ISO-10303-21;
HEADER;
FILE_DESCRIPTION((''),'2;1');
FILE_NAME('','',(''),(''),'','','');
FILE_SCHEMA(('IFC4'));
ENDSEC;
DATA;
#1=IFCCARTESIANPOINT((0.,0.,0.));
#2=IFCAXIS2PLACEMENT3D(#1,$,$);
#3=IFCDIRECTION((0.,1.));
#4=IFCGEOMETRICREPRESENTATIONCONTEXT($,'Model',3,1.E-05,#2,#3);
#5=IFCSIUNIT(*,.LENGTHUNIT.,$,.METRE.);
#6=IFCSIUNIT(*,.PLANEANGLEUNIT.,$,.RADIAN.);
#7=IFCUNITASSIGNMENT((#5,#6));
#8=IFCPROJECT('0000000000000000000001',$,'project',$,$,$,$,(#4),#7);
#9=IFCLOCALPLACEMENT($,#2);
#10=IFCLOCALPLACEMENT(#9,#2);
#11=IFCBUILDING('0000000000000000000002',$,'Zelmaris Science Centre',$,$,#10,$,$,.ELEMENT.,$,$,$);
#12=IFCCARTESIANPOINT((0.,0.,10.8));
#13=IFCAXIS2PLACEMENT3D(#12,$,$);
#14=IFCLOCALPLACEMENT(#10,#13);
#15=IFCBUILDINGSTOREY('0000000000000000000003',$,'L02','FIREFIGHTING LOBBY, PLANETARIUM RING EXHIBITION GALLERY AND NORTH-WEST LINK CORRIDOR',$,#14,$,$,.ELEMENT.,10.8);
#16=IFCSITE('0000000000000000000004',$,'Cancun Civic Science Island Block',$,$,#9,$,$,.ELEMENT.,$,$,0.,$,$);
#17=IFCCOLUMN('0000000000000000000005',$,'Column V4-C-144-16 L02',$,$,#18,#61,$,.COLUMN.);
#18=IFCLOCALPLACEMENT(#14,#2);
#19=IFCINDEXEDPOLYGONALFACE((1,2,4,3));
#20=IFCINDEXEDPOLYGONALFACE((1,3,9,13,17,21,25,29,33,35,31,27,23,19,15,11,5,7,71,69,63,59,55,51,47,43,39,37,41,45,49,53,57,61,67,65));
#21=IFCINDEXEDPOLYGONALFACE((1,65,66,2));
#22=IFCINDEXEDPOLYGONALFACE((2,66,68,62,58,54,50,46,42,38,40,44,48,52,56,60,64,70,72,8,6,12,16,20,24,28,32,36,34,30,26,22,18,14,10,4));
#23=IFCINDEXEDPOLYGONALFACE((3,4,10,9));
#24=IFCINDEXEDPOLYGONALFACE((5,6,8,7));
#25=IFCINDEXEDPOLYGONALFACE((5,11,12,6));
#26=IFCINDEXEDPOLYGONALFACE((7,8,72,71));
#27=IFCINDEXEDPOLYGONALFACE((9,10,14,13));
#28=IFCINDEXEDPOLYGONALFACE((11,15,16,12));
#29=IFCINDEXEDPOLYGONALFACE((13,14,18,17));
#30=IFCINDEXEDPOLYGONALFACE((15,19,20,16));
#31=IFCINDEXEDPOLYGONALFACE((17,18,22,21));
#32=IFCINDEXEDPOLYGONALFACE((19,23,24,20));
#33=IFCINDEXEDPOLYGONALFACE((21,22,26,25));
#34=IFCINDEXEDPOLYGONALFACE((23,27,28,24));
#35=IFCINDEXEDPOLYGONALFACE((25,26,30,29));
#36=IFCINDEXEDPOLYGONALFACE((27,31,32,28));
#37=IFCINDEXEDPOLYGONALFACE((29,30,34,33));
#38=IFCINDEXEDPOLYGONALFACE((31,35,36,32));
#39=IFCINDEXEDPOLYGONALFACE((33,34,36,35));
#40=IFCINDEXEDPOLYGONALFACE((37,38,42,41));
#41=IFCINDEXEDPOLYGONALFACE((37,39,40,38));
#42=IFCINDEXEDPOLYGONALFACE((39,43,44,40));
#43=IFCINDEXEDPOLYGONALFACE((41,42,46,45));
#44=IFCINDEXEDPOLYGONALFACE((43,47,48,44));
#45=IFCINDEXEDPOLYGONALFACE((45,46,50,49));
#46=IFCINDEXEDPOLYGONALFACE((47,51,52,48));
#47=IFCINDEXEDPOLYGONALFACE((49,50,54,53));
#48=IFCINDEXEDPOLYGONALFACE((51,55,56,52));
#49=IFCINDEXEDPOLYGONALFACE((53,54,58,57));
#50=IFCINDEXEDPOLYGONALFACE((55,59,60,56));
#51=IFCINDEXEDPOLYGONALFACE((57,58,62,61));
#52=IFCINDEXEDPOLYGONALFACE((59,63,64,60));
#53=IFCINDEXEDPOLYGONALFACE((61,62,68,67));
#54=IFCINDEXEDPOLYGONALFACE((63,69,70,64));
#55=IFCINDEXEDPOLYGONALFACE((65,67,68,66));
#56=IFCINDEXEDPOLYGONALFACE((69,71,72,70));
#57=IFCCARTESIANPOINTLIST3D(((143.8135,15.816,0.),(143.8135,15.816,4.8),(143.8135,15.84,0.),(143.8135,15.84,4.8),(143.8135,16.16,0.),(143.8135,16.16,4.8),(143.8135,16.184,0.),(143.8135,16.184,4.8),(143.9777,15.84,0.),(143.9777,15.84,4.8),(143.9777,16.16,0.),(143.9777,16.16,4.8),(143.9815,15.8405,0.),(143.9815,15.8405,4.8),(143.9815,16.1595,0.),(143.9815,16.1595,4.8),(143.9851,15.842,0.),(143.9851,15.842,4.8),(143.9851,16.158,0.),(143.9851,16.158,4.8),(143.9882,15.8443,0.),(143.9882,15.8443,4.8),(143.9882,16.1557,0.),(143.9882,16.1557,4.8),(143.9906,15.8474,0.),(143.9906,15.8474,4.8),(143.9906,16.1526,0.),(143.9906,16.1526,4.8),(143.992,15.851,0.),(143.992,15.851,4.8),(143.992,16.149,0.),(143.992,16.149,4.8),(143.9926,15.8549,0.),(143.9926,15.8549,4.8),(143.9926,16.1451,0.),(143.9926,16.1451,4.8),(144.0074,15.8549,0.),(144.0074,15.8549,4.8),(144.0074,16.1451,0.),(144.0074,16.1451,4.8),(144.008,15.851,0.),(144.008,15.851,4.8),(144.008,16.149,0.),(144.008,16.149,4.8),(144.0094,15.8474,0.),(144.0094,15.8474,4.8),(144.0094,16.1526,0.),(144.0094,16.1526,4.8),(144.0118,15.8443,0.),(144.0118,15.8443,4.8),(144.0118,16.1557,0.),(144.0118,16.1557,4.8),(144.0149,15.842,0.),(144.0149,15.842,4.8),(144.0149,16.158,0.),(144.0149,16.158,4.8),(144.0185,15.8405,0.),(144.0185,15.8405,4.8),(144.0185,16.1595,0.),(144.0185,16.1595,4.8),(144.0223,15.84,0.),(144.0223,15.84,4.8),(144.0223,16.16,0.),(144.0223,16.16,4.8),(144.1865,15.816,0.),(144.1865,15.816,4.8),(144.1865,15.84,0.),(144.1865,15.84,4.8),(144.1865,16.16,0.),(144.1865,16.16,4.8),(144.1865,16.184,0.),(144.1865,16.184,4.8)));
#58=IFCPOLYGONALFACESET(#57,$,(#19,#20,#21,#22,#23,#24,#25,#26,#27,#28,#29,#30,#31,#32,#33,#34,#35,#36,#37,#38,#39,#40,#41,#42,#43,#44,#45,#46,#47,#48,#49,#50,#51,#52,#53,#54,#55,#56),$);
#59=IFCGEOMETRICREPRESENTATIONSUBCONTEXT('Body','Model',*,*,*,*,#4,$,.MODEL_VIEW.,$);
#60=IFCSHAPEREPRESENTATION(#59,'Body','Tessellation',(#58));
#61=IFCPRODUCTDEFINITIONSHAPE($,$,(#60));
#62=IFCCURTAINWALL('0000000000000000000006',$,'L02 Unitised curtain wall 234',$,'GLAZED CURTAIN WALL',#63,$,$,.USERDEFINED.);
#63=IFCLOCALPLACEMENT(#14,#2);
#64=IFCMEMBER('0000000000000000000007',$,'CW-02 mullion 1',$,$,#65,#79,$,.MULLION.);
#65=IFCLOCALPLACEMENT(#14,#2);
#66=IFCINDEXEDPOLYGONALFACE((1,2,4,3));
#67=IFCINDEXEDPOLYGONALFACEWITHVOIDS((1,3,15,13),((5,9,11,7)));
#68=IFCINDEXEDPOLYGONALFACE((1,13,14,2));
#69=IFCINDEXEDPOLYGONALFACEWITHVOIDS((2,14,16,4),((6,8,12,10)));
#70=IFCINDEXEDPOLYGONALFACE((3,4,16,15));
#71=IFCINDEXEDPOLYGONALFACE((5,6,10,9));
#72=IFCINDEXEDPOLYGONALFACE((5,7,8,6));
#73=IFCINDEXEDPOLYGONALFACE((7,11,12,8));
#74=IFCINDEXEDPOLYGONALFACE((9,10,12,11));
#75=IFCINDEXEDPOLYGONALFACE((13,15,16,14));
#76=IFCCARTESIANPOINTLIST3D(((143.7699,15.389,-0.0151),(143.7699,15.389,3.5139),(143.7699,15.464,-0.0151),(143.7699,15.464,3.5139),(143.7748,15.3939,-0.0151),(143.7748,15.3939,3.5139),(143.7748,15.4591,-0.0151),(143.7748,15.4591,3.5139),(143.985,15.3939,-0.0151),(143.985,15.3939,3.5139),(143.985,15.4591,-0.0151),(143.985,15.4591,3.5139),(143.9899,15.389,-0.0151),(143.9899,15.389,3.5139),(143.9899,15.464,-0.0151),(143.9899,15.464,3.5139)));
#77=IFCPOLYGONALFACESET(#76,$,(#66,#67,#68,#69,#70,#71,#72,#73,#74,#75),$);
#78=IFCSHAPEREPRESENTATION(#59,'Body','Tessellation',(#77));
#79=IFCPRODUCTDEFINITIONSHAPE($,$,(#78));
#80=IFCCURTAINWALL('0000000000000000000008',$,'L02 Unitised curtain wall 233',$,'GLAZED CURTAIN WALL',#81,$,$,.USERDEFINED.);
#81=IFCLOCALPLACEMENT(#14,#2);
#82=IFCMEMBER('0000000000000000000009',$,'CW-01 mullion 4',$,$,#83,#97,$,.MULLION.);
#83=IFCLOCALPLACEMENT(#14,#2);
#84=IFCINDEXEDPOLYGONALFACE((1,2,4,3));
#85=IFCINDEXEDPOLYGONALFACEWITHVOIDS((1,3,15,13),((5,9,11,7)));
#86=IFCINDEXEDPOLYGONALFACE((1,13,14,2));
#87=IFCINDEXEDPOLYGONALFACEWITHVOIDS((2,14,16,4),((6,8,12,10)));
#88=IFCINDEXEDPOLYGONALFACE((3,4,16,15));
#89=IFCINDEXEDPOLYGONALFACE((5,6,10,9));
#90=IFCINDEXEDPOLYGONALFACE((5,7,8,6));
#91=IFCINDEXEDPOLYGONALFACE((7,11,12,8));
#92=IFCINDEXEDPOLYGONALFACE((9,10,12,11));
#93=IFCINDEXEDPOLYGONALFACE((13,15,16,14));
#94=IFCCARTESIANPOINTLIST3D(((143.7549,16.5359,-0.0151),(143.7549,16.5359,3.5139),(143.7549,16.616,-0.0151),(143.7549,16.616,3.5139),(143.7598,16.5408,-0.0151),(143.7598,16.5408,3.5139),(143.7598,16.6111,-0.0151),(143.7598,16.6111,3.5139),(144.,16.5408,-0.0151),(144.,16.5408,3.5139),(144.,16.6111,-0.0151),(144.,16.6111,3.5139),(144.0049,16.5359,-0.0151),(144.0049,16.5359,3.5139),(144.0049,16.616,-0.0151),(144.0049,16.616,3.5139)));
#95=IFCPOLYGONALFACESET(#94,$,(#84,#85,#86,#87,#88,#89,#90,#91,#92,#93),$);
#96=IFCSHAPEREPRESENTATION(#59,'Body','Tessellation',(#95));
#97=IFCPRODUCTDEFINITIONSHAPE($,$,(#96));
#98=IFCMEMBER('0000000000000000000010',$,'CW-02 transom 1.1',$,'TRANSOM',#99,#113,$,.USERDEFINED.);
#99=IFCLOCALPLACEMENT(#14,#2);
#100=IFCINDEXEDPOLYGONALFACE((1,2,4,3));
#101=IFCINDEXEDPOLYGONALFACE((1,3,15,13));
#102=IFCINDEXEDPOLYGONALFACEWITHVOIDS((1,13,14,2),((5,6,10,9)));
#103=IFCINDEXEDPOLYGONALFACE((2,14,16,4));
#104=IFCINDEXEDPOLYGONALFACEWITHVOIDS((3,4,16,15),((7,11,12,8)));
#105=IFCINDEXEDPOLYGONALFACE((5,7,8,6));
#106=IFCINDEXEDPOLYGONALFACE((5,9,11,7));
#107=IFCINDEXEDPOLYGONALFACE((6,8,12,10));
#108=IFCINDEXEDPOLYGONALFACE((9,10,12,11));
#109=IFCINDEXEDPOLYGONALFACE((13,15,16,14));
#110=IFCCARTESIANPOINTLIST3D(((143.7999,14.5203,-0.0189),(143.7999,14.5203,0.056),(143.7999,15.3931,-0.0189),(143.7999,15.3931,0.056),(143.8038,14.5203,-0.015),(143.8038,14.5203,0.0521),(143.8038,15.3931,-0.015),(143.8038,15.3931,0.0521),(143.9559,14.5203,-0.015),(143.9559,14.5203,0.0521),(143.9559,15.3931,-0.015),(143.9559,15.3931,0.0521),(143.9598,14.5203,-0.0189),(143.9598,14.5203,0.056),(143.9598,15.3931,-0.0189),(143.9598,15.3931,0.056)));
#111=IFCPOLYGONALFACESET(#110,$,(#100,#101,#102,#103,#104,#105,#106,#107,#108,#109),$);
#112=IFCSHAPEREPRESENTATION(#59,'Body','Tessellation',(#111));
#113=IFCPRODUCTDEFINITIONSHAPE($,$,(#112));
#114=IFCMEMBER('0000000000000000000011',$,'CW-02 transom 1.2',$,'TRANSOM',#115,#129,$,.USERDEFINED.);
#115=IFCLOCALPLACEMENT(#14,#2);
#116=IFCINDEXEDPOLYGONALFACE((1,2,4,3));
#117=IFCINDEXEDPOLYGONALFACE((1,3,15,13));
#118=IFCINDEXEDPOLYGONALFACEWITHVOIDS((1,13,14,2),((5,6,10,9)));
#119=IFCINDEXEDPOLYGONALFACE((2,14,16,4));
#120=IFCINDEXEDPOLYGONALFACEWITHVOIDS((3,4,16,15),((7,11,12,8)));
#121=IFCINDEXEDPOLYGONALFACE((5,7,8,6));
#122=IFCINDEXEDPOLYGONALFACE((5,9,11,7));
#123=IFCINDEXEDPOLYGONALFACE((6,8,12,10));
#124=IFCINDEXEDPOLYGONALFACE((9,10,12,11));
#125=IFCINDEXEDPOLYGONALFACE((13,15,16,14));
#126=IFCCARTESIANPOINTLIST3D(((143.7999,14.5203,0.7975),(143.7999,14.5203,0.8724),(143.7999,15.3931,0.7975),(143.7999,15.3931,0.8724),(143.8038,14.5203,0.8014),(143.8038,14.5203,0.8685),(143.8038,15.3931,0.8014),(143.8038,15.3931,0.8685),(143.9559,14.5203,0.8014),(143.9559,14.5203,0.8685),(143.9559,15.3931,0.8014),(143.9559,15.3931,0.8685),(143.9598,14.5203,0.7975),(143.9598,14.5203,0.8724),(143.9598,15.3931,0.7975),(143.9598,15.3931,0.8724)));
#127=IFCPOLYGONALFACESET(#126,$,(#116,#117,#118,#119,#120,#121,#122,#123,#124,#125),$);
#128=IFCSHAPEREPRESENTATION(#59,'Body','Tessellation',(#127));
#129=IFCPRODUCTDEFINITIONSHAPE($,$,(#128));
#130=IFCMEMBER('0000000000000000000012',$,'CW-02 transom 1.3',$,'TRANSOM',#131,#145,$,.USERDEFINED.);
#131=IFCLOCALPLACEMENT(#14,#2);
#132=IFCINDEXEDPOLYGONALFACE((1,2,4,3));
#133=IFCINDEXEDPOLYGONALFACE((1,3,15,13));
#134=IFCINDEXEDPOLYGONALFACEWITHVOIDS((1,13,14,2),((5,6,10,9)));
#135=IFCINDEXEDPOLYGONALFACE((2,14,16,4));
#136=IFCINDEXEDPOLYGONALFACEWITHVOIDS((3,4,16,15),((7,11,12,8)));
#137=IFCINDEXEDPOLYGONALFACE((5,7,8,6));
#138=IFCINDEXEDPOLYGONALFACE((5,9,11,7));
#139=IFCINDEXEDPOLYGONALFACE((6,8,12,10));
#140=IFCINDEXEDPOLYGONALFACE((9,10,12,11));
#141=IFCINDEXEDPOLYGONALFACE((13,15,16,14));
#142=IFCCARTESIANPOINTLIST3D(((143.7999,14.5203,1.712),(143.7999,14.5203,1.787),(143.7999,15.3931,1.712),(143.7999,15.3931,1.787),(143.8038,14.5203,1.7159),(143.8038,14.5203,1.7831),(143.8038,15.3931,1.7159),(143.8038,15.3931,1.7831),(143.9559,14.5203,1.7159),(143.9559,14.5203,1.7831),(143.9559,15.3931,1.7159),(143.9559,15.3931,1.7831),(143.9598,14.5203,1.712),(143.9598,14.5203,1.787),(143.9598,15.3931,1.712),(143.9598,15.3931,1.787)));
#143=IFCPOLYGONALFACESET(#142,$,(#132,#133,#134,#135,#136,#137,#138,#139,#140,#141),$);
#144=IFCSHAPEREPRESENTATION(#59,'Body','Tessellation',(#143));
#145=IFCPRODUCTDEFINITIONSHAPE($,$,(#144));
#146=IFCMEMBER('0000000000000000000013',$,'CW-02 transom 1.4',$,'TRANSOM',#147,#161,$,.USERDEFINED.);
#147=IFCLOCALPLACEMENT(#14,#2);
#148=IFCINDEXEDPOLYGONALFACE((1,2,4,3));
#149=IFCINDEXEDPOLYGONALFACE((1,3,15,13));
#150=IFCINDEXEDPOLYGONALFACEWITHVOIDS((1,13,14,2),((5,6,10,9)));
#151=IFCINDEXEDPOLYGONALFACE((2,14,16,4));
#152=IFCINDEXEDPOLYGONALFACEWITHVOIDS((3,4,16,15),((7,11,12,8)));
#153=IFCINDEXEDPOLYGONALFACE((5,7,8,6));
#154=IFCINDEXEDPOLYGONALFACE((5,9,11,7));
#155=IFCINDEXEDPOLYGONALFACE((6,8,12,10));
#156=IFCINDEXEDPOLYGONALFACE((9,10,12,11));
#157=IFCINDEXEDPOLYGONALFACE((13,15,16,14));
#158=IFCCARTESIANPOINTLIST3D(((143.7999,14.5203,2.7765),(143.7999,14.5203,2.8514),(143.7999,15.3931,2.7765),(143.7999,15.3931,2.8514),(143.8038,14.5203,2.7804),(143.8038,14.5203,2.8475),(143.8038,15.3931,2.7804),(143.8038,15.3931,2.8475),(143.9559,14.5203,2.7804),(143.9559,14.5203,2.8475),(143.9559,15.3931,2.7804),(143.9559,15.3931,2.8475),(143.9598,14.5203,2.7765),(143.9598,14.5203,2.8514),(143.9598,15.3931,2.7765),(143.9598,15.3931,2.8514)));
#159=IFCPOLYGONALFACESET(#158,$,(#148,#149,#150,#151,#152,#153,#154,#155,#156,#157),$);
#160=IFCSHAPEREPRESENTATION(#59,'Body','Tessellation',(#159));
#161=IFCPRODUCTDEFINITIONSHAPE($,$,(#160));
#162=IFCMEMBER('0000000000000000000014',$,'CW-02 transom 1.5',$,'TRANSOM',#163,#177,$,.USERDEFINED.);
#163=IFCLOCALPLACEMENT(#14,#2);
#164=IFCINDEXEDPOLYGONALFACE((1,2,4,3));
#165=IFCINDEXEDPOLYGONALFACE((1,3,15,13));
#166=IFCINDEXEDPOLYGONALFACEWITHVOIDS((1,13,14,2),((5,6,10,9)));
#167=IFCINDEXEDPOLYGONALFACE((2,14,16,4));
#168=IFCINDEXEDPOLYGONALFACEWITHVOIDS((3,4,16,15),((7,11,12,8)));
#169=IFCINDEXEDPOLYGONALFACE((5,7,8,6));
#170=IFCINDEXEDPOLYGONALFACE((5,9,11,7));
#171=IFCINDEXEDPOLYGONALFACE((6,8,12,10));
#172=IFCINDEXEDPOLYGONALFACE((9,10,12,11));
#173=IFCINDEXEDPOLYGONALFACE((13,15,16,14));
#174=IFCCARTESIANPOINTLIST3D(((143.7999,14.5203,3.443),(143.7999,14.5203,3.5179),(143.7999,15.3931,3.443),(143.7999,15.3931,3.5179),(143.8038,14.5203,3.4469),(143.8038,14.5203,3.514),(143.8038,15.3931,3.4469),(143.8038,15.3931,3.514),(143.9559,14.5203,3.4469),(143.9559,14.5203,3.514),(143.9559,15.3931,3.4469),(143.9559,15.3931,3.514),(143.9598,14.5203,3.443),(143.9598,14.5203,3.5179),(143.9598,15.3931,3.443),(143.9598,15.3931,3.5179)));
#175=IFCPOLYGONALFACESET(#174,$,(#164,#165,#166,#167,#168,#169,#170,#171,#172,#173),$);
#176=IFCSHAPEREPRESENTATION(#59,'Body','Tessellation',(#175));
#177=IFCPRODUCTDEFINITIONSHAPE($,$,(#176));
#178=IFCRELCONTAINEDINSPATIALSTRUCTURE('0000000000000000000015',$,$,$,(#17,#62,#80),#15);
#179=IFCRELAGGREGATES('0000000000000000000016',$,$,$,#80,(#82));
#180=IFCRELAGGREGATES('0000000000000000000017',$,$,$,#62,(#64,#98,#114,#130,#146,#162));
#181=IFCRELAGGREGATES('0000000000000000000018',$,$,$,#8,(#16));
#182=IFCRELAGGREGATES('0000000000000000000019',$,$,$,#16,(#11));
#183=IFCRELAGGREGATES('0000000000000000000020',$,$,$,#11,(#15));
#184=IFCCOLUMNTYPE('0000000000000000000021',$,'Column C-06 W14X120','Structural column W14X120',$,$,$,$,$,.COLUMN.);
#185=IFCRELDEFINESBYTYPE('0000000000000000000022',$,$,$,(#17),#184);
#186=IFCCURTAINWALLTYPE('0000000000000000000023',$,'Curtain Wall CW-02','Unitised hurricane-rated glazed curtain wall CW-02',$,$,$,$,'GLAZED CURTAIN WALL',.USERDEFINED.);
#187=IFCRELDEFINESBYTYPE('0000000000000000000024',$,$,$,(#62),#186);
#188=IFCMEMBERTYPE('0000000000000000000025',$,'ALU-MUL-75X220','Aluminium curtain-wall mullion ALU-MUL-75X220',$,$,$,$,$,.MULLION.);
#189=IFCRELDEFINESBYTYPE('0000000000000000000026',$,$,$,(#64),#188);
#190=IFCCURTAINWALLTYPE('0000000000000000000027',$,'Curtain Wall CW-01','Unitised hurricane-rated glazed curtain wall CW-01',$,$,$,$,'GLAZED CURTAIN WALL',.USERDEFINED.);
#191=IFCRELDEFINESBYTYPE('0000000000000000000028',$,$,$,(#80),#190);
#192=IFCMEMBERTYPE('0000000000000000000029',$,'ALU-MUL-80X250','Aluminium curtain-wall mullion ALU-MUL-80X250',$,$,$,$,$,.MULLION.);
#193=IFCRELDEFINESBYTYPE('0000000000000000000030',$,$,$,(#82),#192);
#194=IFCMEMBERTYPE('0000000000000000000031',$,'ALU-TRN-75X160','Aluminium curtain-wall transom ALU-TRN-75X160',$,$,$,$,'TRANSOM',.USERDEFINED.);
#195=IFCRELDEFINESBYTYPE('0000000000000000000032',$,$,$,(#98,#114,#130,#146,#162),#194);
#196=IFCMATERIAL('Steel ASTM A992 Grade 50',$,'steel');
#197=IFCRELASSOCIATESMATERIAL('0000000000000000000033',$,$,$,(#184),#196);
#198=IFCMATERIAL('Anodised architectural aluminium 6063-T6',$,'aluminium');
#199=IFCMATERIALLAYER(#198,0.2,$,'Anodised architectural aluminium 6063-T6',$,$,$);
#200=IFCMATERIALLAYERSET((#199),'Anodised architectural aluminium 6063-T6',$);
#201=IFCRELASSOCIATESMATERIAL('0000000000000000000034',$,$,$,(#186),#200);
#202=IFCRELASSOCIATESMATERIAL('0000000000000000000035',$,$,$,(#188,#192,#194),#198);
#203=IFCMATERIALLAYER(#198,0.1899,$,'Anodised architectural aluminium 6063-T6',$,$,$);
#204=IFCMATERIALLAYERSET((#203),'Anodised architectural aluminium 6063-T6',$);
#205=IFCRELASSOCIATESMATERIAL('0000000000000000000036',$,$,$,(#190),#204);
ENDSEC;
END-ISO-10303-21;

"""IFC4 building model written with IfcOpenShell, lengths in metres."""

from ifc_helpers import new_model, si_unit, direction, frame, origin, origin_2d, place, context, subcontext, project, spatial, hollow_rectangle, i_section, extrude, material, layer, layer_set, material_profile, profile_set, type_object, element, aggregate, save


model = new_model("IFC4")

# Units and contexts
model_context = context("Model", 3, precision=1e-05, world=origin(), true_north=direction((0.0, 1.0)))
body_context = subcontext(model_context, "Body", "Model", "MODEL_VIEW")
ifc_project = project(units=[si_unit("LENGTHUNIT", "METRE"), si_unit("PLANEANGLEUNIT", "RADIAN")], contexts=[model_context])

# Site, building, storey
site_placement = place(None, origin())
site = spatial("IfcSite", under=ifc_project, at=site_placement, Name="Cancun Civic Science Island Block", CompositionType="ELEMENT", RefElevation=0.0)
building_placement = place(site_placement, origin())
building = spatial("IfcBuilding", under=site, at=building_placement, Name="Zelmaris Science Centre", CompositionType="ELEMENT")
storey_placement = place(building_placement, frame((0.0, 0.0, 10.8)))
storey = spatial("IfcBuildingStorey", under=building, at=storey_placement, Name="L02", Description="FIREFIGHTING LOBBY, PLANETARIUM RING EXHIBITION GALLERY AND NORTH-WEST LINK CORRIDOR", CompositionType="ELEMENT", Elevation=10.8)

# Column
ifc_material_1 = material(Name="Steel ASTM A992 Grade 50", Category="steel")
ifc_material_profile_1 = material_profile(ifc_material_1, i_section(OverallWidth=0.373, OverallDepth=0.3679, WebThickness=0.0149, FlangeThickness=0.0239, FilletRadius=0.0149, at=origin_2d()), Name="W14X120")
ifc_profile_set_1 = profile_set([ifc_material_profile_1], Name="Steel ASTM A992 Grade 50")
column_type = type_object("IfcColumnType", Name="Column C-06 W14X120", Description="Structural column W14X120", PredefinedType="COLUMN", material=ifc_profile_set_1)
column_placement = place(storey_placement, frame((144.0, 16.0, 0.0), z_axis=(0.0, 0.0, 1.0), x_axis=(1.0, 0.0, 0.0)))
element("IfcColumn", 1, at=column_placement, inside=storey, type_object=column_type, Name="Column V4-C-144-16 L02", PredefinedType="COLUMN", context=body_context, shape_type="SweptSolid", body=[
    extrude(i_section(OverallWidth=0.373, OverallDepth=0.3679, WebThickness=0.0149, FlangeThickness=0.0239, FilletRadius=0.0149, at=origin_2d()), origin(), (0.0, 0.0, 1.0), 4.8),
])

# Curtain walls, members
ifc_material_2 = material(Name="Anodised architectural aluminium 6063-T6", Category="aluminium")
ifc_layer_1 = layer(ifc_material_2, 0.2, Name="Anodised architectural aluminium 6063-T6")
ifc_layer_set_1 = layer_set([ifc_layer_1], Name="Anodised architectural aluminium 6063-T6")
curtain_wall_type_1 = type_object("IfcCurtainWallType", Name="Curtain Wall CW-02", Description="Unitised hurricane-rated glazed curtain wall CW-02", ElementType="GLAZED CURTAIN WALL", PredefinedType="USERDEFINED", material=ifc_layer_set_1)
curtain_wall_1_placement = place(storey_placement, origin())
curtain_wall_1 = element("IfcCurtainWall", 2, at=curtain_wall_1_placement, inside=storey, type_object=curtain_wall_type_1, Name="L02 Unitised curtain wall 234", ObjectType="GLAZED CURTAIN WALL", PredefinedType="USERDEFINED")
ifc_material_profile_2 = material_profile(ifc_material_2, hollow_rectangle(XDim=0.075, YDim=0.22, WallThickness=0.0049, at=origin_2d()), Name="ALU-MUL-75X220")
ifc_profile_set_2 = profile_set([ifc_material_profile_2], Name="Anodised architectural aluminium 6063-T6")
member_type_1 = type_object("IfcMemberType", Name="ALU-MUL-75X220", Description="Aluminium curtain-wall mullion ALU-MUL-75X220", PredefinedType="MULLION", material=ifc_profile_set_2)
member_1_placement = place(storey_placement, frame((143.8799, 15.4265, -0.0151), z_axis=(0.0, 0.0, 1.0), x_axis=(0.0, -1.0, 0.0)))
member_1 = element("IfcMember", 3, at=member_1_placement, type_object=member_type_1, Name="CW-02 mullion 1", PredefinedType="MULLION", context=body_context, shape_type="SweptSolid", body=[
    extrude(hollow_rectangle(XDim=0.075, YDim=0.22, WallThickness=0.0049, at=origin_2d()), origin(), (0.0, 0.0, 1.0), 3.5291),
])
ifc_layer_2 = layer(ifc_material_2, 0.1899, Name="Anodised architectural aluminium 6063-T6")
ifc_layer_set_2 = layer_set([ifc_layer_2], Name="Anodised architectural aluminium 6063-T6")
curtain_wall_type_2 = type_object("IfcCurtainWallType", Name="Curtain Wall CW-01", Description="Unitised hurricane-rated glazed curtain wall CW-01", ElementType="GLAZED CURTAIN WALL", PredefinedType="USERDEFINED", material=ifc_layer_set_2)
curtain_wall_2_placement = place(storey_placement, origin())
curtain_wall_2 = element("IfcCurtainWall", 4, at=curtain_wall_2_placement, inside=storey, type_object=curtain_wall_type_2, Name="L02 Unitised curtain wall 233", ObjectType="GLAZED CURTAIN WALL", PredefinedType="USERDEFINED")
ifc_material_profile_3 = material_profile(ifc_material_2, hollow_rectangle(XDim=0.0801, YDim=0.25, WallThickness=0.0049, at=origin_2d()), Name="ALU-MUL-80X250")
ifc_profile_set_3 = profile_set([ifc_material_profile_3], Name="Anodised architectural aluminium 6063-T6")
member_type_2 = type_object("IfcMemberType", Name="ALU-MUL-80X250", Description="Aluminium curtain-wall mullion ALU-MUL-80X250", PredefinedType="MULLION", material=ifc_profile_set_3)
member_2_placement = place(storey_placement, frame((143.8799, 16.5759, -0.0151), z_axis=(0.0, 0.0, 1.0), x_axis=(0.0, -1.0, 0.0)))
member_2 = element("IfcMember", 5, at=member_2_placement, type_object=member_type_2, Name="CW-01 mullion 4", PredefinedType="MULLION", context=body_context, shape_type="SweptSolid", body=[
    extrude(hollow_rectangle(XDim=0.0801, YDim=0.25, WallThickness=0.0049, at=origin_2d()), origin(), (0.0, 0.0, 1.0), 3.5291),
])

# Members
ifc_material_profile_4 = material_profile(ifc_material_2, hollow_rectangle(XDim=0.075, YDim=0.1599, WallThickness=0.0039, at=origin_2d()), Name="ALU-TRN-75X160")
ifc_profile_set_4 = profile_set([ifc_material_profile_4], Name="Anodised architectural aluminium 6063-T6")
member_type_3 = type_object("IfcMemberType", Name="ALU-TRN-75X160", Description="Aluminium curtain-wall transom ALU-TRN-75X160", ElementType="TRANSOM", PredefinedType="USERDEFINED", material=ifc_profile_set_4)
member_3_placement = place(storey_placement, frame((143.8799, 15.3931, 0.0186), z_axis=(0.0, -1.0, 0.0), x_axis=(0.0, 0.0, 1.0)))
member_3 = element("IfcMember", 6, at=member_3_placement, type_object=member_type_3, Name="CW-02 transom 1.1", ObjectType="TRANSOM", PredefinedType="USERDEFINED", context=body_context, shape_type="SweptSolid", body=[
    extrude(hollow_rectangle(XDim=0.075, YDim=0.1599, WallThickness=0.0039, at=origin_2d()), origin(), (0.0, 0.0, 1.0), 0.8728),
])
member_4_placement = place(storey_placement, frame((143.8799, 15.3931, 0.835), z_axis=(0.0, -1.0, 0.0), x_axis=(0.0, 0.0, 1.0)))
member_4 = element("IfcMember", 7, at=member_4_placement, type_object=member_type_3, Name="CW-02 transom 1.2", ObjectType="TRANSOM", PredefinedType="USERDEFINED", context=body_context, shape_type="SweptSolid", body=[
    extrude(hollow_rectangle(XDim=0.075, YDim=0.1599, WallThickness=0.0039, at=origin_2d()), origin(), (0.0, 0.0, 1.0), 0.8728),
])
member_5_placement = place(storey_placement, frame((143.8799, 15.3931, 1.7495), z_axis=(0.0, -1.0, 0.0), x_axis=(0.0, 0.0, 1.0)))
member_5 = element("IfcMember", 8, at=member_5_placement, type_object=member_type_3, Name="CW-02 transom 1.3", ObjectType="TRANSOM", PredefinedType="USERDEFINED", context=body_context, shape_type="SweptSolid", body=[
    extrude(hollow_rectangle(XDim=0.075, YDim=0.1599, WallThickness=0.0039, at=origin_2d()), origin(), (0.0, 0.0, 1.0), 0.8728),
])
member_6_placement = place(storey_placement, frame((143.8799, 15.3931, 2.814), z_axis=(0.0, -1.0, 0.0), x_axis=(0.0, 0.0, 1.0)))
member_6 = element("IfcMember", 9, at=member_6_placement, type_object=member_type_3, Name="CW-02 transom 1.4", ObjectType="TRANSOM", PredefinedType="USERDEFINED", context=body_context, shape_type="SweptSolid", body=[
    extrude(hollow_rectangle(XDim=0.075, YDim=0.1599, WallThickness=0.0039, at=origin_2d()), origin(), (0.0, 0.0, 1.0), 0.8728),
])
member_7_placement = place(storey_placement, frame((143.8799, 15.3931, 3.4805), z_axis=(0.0, -1.0, 0.0), x_axis=(0.0, 0.0, 1.0)))
member_7 = element("IfcMember", 10, at=member_7_placement, type_object=member_type_3, Name="CW-02 transom 1.5", ObjectType="TRANSOM", PredefinedType="USERDEFINED", context=body_context, shape_type="SweptSolid", body=[
    extrude(hollow_rectangle(XDim=0.075, YDim=0.1599, WallThickness=0.0039, at=origin_2d()), origin(), (0.0, 0.0, 1.0), 0.8728),
])

aggregate(curtain_wall_2, [member_2])
aggregate(curtain_wall_1, [member_1, member_3, member_4, member_5, member_6, member_7])

save(model, "model.ifc")
